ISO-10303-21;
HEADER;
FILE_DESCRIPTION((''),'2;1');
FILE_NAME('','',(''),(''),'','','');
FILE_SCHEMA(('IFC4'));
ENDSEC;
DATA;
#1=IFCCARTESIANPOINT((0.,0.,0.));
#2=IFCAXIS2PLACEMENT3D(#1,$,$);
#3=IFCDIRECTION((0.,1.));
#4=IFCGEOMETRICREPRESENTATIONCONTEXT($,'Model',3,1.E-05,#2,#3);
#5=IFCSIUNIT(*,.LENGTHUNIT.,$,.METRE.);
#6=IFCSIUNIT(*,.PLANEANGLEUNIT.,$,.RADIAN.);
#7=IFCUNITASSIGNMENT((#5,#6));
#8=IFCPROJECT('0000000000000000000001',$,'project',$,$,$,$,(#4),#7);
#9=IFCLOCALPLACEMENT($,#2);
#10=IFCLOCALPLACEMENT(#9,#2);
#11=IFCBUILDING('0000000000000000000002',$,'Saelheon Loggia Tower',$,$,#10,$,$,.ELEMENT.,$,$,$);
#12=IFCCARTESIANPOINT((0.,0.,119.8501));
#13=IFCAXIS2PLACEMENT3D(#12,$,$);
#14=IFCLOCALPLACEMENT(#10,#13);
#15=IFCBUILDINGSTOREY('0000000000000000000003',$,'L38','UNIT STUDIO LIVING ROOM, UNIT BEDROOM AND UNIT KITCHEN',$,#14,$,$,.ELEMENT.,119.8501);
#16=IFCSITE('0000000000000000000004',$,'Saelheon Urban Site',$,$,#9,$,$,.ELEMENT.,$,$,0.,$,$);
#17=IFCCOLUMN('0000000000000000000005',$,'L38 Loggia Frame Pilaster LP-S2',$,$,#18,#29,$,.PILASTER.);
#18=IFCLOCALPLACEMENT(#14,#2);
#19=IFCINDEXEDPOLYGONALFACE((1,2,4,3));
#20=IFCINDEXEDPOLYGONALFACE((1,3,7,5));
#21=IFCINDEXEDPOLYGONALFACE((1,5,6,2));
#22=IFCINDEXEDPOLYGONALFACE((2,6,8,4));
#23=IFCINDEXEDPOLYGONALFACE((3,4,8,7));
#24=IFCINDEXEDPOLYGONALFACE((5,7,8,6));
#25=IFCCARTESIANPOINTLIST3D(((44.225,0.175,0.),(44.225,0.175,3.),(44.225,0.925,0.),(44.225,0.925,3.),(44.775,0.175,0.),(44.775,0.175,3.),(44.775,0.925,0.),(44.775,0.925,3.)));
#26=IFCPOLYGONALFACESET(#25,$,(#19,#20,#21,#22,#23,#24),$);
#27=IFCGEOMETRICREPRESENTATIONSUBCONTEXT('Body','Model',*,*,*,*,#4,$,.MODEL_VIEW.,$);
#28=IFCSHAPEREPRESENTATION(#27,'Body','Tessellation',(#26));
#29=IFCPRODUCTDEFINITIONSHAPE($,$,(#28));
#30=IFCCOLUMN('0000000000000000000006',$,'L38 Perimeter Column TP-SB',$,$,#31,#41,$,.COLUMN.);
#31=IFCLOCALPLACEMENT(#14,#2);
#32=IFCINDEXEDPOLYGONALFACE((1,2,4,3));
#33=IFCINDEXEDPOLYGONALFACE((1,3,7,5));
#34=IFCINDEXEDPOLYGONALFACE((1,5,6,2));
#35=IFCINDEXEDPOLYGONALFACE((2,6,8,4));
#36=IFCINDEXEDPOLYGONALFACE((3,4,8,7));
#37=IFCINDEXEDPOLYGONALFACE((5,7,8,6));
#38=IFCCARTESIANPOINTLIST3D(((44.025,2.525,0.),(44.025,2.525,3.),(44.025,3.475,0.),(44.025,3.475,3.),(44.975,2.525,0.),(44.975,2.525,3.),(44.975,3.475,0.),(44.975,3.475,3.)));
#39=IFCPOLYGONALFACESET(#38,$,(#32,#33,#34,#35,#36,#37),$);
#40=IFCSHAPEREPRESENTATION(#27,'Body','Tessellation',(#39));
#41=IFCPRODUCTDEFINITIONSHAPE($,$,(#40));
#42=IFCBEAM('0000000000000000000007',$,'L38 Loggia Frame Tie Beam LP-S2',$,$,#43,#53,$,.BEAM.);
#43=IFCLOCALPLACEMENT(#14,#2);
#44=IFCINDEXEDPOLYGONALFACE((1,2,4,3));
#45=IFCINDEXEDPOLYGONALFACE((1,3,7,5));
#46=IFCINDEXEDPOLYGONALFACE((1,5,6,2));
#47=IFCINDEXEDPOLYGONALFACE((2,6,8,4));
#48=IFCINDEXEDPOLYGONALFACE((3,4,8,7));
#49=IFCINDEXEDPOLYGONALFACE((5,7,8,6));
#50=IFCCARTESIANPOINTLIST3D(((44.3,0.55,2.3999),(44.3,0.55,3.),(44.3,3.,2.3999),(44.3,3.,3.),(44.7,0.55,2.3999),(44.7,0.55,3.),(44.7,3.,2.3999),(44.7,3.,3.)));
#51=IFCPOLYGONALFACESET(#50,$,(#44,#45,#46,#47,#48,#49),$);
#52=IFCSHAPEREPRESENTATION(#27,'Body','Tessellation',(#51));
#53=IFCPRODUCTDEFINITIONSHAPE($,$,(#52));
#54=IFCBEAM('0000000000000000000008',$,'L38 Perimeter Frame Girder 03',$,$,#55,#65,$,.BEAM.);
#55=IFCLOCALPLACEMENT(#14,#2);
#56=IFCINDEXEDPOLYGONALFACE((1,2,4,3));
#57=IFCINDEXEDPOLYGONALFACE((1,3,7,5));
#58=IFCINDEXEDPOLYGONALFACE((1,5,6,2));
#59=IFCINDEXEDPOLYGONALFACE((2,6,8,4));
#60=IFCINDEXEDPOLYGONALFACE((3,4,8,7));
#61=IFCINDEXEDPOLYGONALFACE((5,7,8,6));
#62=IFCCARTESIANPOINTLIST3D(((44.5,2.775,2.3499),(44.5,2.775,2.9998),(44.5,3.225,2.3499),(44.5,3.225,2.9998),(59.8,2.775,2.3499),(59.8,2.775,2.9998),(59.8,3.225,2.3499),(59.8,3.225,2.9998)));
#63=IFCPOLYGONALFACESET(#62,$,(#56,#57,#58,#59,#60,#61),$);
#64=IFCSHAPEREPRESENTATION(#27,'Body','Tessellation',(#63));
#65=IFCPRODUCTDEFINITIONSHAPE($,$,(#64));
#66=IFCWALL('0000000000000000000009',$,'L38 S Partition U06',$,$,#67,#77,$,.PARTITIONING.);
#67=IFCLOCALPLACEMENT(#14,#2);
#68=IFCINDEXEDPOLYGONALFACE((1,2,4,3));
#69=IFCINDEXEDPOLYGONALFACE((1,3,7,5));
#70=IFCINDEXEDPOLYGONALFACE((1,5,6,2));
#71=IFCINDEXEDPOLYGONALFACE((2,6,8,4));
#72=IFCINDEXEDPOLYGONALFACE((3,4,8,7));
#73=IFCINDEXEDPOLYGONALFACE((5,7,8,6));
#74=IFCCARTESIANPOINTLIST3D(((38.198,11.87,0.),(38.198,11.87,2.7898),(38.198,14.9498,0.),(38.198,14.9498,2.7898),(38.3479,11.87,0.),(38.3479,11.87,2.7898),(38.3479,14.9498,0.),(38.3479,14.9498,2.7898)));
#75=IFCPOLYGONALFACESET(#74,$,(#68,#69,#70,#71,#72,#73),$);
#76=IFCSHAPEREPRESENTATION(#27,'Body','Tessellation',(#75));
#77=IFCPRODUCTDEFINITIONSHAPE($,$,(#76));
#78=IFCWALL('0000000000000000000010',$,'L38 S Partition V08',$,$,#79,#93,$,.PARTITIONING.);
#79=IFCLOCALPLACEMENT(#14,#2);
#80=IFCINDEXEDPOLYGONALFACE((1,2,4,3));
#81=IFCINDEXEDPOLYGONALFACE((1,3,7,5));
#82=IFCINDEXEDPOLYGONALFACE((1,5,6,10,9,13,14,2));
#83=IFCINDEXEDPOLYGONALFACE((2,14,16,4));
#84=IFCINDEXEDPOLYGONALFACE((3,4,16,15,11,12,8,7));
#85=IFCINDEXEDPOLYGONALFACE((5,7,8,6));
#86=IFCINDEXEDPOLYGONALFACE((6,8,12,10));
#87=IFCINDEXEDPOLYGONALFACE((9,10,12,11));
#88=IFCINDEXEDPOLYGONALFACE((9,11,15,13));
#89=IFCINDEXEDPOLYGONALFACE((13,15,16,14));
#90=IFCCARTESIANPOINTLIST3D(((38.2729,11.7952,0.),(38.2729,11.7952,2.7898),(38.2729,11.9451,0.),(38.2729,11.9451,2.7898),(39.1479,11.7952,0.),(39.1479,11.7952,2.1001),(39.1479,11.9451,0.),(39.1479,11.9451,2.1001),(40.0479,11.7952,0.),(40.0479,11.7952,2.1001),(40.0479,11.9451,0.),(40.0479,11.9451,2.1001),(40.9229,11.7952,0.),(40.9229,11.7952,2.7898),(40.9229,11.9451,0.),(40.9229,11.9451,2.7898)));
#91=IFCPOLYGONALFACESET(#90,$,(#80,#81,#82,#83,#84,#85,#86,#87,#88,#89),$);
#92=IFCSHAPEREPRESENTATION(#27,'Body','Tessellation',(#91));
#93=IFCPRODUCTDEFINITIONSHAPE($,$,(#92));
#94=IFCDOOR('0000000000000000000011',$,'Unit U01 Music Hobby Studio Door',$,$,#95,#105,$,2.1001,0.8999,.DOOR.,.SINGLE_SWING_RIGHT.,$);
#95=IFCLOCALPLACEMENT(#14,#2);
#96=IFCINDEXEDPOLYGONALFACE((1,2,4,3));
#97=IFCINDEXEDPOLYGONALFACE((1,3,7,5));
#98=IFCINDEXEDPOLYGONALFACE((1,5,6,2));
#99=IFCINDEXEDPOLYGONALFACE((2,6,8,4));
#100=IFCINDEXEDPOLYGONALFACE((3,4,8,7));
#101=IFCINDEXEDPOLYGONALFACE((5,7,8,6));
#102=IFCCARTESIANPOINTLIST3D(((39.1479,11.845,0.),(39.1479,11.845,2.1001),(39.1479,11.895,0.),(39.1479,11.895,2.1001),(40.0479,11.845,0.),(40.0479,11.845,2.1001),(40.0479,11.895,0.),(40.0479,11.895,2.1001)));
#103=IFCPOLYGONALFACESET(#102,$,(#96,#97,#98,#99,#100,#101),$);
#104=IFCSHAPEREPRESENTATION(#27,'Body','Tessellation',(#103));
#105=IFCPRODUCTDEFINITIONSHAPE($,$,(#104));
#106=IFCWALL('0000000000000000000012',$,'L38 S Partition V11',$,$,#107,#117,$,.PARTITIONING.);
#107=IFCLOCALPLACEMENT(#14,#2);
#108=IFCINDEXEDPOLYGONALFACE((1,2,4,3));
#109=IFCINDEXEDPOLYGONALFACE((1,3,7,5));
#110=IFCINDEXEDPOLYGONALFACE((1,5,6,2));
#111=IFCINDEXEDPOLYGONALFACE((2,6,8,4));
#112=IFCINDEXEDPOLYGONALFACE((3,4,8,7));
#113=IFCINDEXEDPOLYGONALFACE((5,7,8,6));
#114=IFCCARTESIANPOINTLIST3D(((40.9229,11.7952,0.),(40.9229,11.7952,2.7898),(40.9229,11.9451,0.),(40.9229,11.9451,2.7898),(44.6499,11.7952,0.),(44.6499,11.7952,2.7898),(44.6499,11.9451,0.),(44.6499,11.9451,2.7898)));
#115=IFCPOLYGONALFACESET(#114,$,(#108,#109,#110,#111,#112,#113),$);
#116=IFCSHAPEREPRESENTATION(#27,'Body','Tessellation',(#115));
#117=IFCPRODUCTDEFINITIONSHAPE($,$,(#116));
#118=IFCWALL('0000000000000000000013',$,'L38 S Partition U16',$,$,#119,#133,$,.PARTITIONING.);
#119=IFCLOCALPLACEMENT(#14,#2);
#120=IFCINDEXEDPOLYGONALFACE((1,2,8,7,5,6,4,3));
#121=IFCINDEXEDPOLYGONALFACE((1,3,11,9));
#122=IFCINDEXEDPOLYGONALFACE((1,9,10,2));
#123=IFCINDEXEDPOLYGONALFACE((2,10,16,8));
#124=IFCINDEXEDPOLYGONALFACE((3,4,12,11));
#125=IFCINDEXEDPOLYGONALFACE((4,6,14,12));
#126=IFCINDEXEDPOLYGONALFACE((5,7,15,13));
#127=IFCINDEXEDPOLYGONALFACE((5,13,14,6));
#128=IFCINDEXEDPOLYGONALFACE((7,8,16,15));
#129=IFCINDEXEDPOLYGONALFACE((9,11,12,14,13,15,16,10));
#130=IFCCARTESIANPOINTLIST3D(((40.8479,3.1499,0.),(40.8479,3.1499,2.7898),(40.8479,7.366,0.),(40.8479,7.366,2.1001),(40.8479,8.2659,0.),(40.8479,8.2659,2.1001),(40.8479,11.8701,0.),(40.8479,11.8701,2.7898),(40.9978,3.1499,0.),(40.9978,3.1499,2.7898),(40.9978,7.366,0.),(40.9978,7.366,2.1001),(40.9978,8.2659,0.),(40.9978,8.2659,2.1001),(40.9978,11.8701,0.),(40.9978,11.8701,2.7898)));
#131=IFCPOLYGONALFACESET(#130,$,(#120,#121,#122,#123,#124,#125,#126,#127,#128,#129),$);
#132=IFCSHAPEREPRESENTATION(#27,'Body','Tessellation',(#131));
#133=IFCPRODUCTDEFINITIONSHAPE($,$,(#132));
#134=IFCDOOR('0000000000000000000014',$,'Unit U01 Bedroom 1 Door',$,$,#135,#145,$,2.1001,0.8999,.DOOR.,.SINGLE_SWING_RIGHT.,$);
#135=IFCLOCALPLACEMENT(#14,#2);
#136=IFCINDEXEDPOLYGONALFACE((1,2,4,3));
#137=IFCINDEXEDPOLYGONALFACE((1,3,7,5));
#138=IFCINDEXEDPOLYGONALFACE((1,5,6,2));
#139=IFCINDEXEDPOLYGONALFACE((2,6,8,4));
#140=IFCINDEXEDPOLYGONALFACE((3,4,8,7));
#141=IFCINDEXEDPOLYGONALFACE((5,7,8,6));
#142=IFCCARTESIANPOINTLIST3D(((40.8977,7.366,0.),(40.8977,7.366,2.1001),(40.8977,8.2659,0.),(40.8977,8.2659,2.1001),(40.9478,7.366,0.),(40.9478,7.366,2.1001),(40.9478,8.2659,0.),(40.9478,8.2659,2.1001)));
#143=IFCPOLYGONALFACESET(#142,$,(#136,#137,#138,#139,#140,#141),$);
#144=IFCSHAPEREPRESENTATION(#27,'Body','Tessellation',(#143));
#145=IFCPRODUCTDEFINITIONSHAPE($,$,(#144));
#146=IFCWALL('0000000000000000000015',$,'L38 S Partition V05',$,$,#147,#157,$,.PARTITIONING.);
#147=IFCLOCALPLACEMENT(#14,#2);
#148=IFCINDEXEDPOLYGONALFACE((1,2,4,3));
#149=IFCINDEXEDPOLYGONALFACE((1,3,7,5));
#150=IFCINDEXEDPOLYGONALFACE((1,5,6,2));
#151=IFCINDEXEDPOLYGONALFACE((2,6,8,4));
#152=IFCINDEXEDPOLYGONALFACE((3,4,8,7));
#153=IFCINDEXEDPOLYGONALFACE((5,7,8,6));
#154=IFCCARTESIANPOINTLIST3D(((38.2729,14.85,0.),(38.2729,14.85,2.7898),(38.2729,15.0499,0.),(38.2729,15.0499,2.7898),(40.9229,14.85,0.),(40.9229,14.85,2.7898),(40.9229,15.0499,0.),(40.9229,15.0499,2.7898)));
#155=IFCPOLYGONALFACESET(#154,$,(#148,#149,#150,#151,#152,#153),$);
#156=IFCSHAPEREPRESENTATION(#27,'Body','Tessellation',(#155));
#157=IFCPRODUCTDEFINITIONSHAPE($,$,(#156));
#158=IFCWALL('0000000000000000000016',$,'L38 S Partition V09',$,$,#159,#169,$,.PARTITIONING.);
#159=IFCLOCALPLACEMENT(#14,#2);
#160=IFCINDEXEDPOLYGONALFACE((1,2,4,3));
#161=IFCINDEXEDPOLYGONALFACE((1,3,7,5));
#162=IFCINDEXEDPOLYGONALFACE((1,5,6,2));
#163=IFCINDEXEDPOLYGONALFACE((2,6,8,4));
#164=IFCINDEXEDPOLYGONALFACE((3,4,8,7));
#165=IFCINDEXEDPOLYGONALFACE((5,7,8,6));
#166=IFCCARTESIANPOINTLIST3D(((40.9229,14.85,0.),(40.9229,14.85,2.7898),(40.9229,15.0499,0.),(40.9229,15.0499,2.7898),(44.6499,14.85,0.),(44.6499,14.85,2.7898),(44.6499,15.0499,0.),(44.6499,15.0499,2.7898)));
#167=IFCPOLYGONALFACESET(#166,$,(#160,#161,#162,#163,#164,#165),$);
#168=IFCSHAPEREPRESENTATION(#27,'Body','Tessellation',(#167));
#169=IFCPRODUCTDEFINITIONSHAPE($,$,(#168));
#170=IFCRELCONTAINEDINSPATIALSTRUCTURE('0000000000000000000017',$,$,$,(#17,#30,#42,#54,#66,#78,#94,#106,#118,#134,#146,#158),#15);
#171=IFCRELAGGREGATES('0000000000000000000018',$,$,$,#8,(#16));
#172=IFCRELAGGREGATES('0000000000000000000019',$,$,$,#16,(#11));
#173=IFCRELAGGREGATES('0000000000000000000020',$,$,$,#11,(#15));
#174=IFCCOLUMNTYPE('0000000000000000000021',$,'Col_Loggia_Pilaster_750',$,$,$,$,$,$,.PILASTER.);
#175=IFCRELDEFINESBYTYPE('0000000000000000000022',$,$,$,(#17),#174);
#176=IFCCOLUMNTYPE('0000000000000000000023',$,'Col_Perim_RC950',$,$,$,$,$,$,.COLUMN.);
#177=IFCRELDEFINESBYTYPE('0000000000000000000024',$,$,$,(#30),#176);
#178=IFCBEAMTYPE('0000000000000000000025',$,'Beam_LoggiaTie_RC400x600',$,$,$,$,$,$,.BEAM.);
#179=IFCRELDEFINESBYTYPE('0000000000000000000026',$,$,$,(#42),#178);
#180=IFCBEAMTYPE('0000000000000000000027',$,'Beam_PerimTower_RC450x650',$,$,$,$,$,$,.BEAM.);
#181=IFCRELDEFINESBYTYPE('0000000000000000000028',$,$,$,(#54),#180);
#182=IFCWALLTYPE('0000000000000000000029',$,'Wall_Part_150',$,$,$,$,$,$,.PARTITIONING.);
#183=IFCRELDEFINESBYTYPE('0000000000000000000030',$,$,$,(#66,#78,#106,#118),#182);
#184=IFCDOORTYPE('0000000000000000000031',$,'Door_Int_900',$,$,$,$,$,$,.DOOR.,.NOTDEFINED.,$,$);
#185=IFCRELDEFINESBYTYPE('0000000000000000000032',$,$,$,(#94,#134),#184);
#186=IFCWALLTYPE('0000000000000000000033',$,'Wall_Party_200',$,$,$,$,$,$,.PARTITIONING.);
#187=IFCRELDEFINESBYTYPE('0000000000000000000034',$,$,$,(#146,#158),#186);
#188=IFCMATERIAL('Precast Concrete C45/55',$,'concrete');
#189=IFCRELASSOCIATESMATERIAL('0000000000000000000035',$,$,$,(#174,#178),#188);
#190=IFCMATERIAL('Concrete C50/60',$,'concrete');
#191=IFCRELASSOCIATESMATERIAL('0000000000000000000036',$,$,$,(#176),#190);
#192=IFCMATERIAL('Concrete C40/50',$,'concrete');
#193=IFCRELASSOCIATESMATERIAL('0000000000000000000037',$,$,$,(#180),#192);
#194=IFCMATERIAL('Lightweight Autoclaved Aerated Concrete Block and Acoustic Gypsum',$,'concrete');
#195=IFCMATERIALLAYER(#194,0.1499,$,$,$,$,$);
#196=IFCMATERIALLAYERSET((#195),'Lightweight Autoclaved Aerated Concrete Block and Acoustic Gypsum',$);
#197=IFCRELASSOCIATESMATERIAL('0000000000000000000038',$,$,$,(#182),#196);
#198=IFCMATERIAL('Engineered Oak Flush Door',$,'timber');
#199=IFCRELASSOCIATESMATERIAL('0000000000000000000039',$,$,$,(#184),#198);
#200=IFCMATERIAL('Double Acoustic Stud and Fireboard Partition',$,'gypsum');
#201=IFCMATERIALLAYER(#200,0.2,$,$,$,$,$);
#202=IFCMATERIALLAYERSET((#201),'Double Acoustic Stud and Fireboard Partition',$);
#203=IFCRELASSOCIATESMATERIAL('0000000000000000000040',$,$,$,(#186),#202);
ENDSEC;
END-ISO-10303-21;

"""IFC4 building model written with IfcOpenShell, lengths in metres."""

from ifc_helpers import new_model, si_unit, direction, frame, frame_2d, origin, origin_2d, place, context, subcontext, project, spatial, rectangle, extrude, source, transform, mapped, material, layer, layer_set, material_profile, profile_set, type_object, element, fill, save


model = new_model("IFC4")

# Units and contexts
model_context = context("Model", 3, precision=1e-05, world=origin(), true_north=direction((0.0, 1.0)))
body_context = subcontext(model_context, "Body", "Model", "MODEL_VIEW")
ifc_project = project(units=[si_unit("LENGTHUNIT", "METRE"), si_unit("PLANEANGLEUNIT", "RADIAN")], contexts=[model_context])

# Site, building, storey
site_placement = place(None, origin())
site = spatial("IfcSite", under=ifc_project, at=site_placement, Name="Saelheon Urban Site", CompositionType="ELEMENT", RefElevation=0.0)
building_placement = place(site_placement, origin())
building = spatial("IfcBuilding", under=site, at=building_placement, Name="Saelheon Loggia Tower", CompositionType="ELEMENT")
storey_placement = place(building_placement, frame((0.0, 0.0, 119.8501)))
storey = spatial("IfcBuildingStorey", under=building, at=storey_placement, Name="L38", Description="UNIT STUDIO LIVING ROOM, UNIT BEDROOM AND UNIT KITCHEN", CompositionType="ELEMENT", Elevation=119.8501)

# Columns
ifc_material_1 = material(Name="Precast Concrete C45/55", Category="concrete")
ifc_material_profile_1 = material_profile(ifc_material_1, rectangle(XDim=0.55, YDim=0.75, at=origin_2d()), Name="RC-550x750")
ifc_profile_set_1 = profile_set([ifc_material_profile_1], Name="Precast Concrete C45/55")
column_type_1 = type_object("IfcColumnType", Name="Col_Loggia_Pilaster_750", PredefinedType="PILASTER", material=ifc_profile_set_1)
shared_shape_1 = source(origin(), body_context, "Body", "SweptSolid", [
    extrude(rectangle(XDim=0.55, YDim=0.75, at=origin_2d()), origin(), (0.0, 0.0, 1.0), 3.0),
])
column_1_placement = place(storey_placement, frame((44.5, 0.55, 0.0), z_axis=(0.0, 0.0, 1.0), x_axis=(1.0, 0.0, 0.0)))
element("IfcColumn", 1, at=column_1_placement, inside=storey, type_object=column_type_1, Name="L38 Loggia Frame Pilaster LP-S2", PredefinedType="PILASTER", context=body_context, shape_type="MappedRepresentation", body=[
    mapped(shared_shape_1, transform((0.0, 0.0, 0.0), scale=1.0)),
])
ifc_material_2 = material(Name="Concrete C50/60", Category="concrete")
ifc_material_profile_2 = material_profile(ifc_material_2, rectangle(XDim=0.95, YDim=0.95, at=origin_2d()), Name="RC-950x950")
ifc_profile_set_2 = profile_set([ifc_material_profile_2], Name="Concrete C50/60")
column_type_2 = type_object("IfcColumnType", Name="Col_Perim_RC950", PredefinedType="COLUMN", material=ifc_profile_set_2)
shared_shape_2 = source(origin(), body_context, "Body", "SweptSolid", [
    extrude(rectangle(XDim=0.95, YDim=0.95, at=origin_2d()), origin(), (0.0, 0.0, 1.0), 3.0),
])
column_2_placement = place(storey_placement, frame((44.5, 3.0, 0.0), z_axis=(0.0, 0.0, 1.0), x_axis=(1.0, 0.0, 0.0)))
element("IfcColumn", 2, at=column_2_placement, inside=storey, type_object=column_type_2, Name="L38 Perimeter Column TP-SB", PredefinedType="COLUMN", context=body_context, shape_type="MappedRepresentation", body=[
    mapped(shared_shape_2, transform((0.0, 0.0, 0.0), scale=1.0)),
])

# Beams
ifc_material_profile_3 = material_profile(ifc_material_1, rectangle(XDim=0.3999, YDim=0.6001, at=origin_2d()), Name="RC-400x600")
ifc_profile_set_3 = profile_set([ifc_material_profile_3], Name="Precast Concrete C45/55")
beam_type_1 = type_object("IfcBeamType", Name="Beam_LoggiaTie_RC400x600", PredefinedType="BEAM", material=ifc_profile_set_3)
shared_shape_3 = source(origin(), body_context, "Body", "SweptSolid", [
    extrude(rectangle(XDim=0.3999, YDim=0.6001, at=origin_2d()), origin(), (0.0, 0.0, 1.0), 2.45),
])
beam_1_placement = place(storey_placement, frame((44.5, 3.0, 2.7), z_axis=(0.0, -1.0, 0.0), x_axis=(1.0, 0.0, 0.0)))
element("IfcBeam", 3, at=beam_1_placement, inside=storey, type_object=beam_type_1, Name="L38 Loggia Frame Tie Beam LP-S2", PredefinedType="BEAM", context=body_context, shape_type="MappedRepresentation", body=[
    mapped(shared_shape_3, transform((0.0, 0.0, 0.0), scale=1.0)),
])
ifc_material_3 = material(Name="Concrete C40/50", Category="concrete")
ifc_material_profile_4 = material_profile(ifc_material_3, rectangle(XDim=0.45, YDim=0.6499, at=origin_2d()), Name="RC-450x650")
ifc_profile_set_4 = profile_set([ifc_material_profile_4], Name="Concrete C40/50")
beam_type_2 = type_object("IfcBeamType", Name="Beam_PerimTower_RC450x650", PredefinedType="BEAM", material=ifc_profile_set_4)
shared_shape_4 = source(origin(), body_context, "Body", "SweptSolid", [
    extrude(rectangle(XDim=0.45, YDim=0.6499, at=origin_2d()), origin(), (0.0, 0.0, 1.0), 15.3),
])
beam_2_placement = place(storey_placement, frame((44.5, 3.0, 2.6748), z_axis=(1.0, 0.0, 0.0), x_axis=(0.0, 1.0, 0.0)))
element("IfcBeam", 4, at=beam_2_placement, inside=storey, type_object=beam_type_2, Name="L38 Perimeter Frame Girder 03", PredefinedType="BEAM", context=body_context, shape_type="MappedRepresentation", body=[
    mapped(shared_shape_4, transform((0.0, 0.0, 0.0), scale=1.0)),
])

# Wall
ifc_material_4 = material(Name="Lightweight Autoclaved Aerated Concrete Block and Acoustic Gypsum", Category="concrete")
ifc_layer_1 = layer(ifc_material_4, 0.1499)
ifc_layer_set_1 = layer_set([ifc_layer_1], Name="Lightweight Autoclaved Aerated Concrete Block and Acoustic Gypsum")
wall_type_1 = type_object("IfcWallType", Name="Wall_Part_150", PredefinedType="PARTITIONING", material=ifc_layer_set_1)
wall_1_placement = place(storey_placement, frame((38.2729, 14.95, 0.0), z_axis=(0.0, 0.0, 1.0), x_axis=(0.0, -1.0, 0.0)))
element("IfcWall", 5, at=wall_1_placement, inside=storey, type_object=wall_type_1, Name="L38 S Partition U06", PredefinedType="PARTITIONING", context=body_context, shape_type="SweptSolid", body=[
    extrude(rectangle(XDim=3.0798, YDim=0.1499, at=frame_2d((1.54, 0.0))), origin(), (0.0, 0.0, 1.0), 2.7898),
])

# Wall, opening, door
wall_2_placement = place(storey_placement, frame((38.2729, 11.8701, 0.0), z_axis=(0.0, 0.0, 1.0), x_axis=(1.0, 0.0, 0.0)))
wall_2 = element("IfcWall", 6, at=wall_2_placement, inside=storey, type_object=wall_type_1, Name="L38 S Partition V08", PredefinedType="PARTITIONING", context=body_context, shape_type="SweptSolid", body=[
    extrude(rectangle(XDim=2.6499, YDim=0.1499, at=frame_2d((1.325, 0.0))), origin(), (0.0, 0.0, 1.0), 2.7898),
])
opening_1_placement = place(wall_2_placement, frame((0.875, 0.0, 0.0)))
opening_1 = element("IfcOpeningElement", 7, at=opening_1_placement, cuts=wall_2, PredefinedType="OPENING", context=body_context, shape_type="SweptSolid", body=[
    extrude(rectangle(XDim=0.8999, YDim=2.1001, at=frame_2d((0.45, 1.05))), frame((0.0, 0.0869, 0.0), z_axis=(0.0, -1.0, 0.0), x_axis=(1.0, 0.0, 0.0)), (0.0, 0.0, 1.0), 0.1738),
])
ifc_material_5 = material(Name="Engineered Oak Flush Door", Category="timber")
door_type_1 = type_object("IfcDoorType", Name="Door_Int_900", OperationType="NOTDEFINED", PredefinedType="DOOR", material=ifc_material_5)
shared_shape_5 = source(origin(), body_context, "Body", "SweptSolid", [
    extrude(rectangle(XDim=0.8999, YDim=2.1001, at=frame_2d((0.45, 1.05))), frame((0.0, 0.0249, 0.0), z_axis=(0.0, -1.0, 0.0), x_axis=(1.0, 0.0, 0.0)), (0.0, 0.0, 1.0), 0.05),
])
door_1_placement = place(opening_1_placement, origin())
door_1 = element("IfcDoor", 8, at=door_1_placement, inside=storey, type_object=door_type_1, Name="Unit U01 Music Hobby Studio Door", OperationType="SINGLE_SWING_RIGHT", OverallHeight=2.1001, OverallWidth=0.8999, PredefinedType="DOOR", context=body_context, shape_type="MappedRepresentation", body=[
    mapped(shared_shape_5, transform((0.0, 0.0, 0.0), scale=1.0)),
])
fill(opening_1, door_1)

# Wall
wall_3_placement = place(storey_placement, frame((40.9229, 11.8701, 0.0), z_axis=(0.0, 0.0, 1.0), x_axis=(1.0, 0.0, 0.0)))
element("IfcWall", 9, at=wall_3_placement, inside=storey, type_object=wall_type_1, Name="L38 S Partition V11", PredefinedType="PARTITIONING", context=body_context, shape_type="SweptSolid", body=[
    extrude(rectangle(XDim=3.7271, YDim=0.1499, at=frame_2d((1.8635, 0.0))), origin(), (0.0, 0.0, 1.0), 2.7898),
])

# Wall, opening, door
wall_4_placement = place(storey_placement, frame((40.9229, 11.8701, 0.0), z_axis=(0.0, 0.0, 1.0), x_axis=(0.0, -1.0, 0.0)))
wall_4 = element("IfcWall", 10, at=wall_4_placement, inside=storey, type_object=wall_type_1, Name="L38 S Partition U16", PredefinedType="PARTITIONING", context=body_context, shape_type="SweptSolid", body=[
    extrude(rectangle(XDim=8.7202, YDim=0.1499, at=frame_2d((4.3601, 0.0))), origin(), (0.0, 0.0, 1.0), 2.7898),
])
opening_2_placement = place(wall_4_placement, frame((3.6042, 0.0, 0.0)))
opening_2 = element("IfcOpeningElement", 11, at=opening_2_placement, cuts=wall_4, PredefinedType="OPENING", context=body_context, shape_type="SweptSolid", body=[
    extrude(rectangle(XDim=0.8999, YDim=2.1001, at=frame_2d((0.45, 1.05))), frame((0.0, 0.0869, 0.0), z_axis=(0.0, -1.0, 0.0), x_axis=(1.0, 0.0, 0.0)), (0.0, 0.0, 1.0), 0.1738),
])
door_2_placement = place(opening_2_placement, origin())
door_2 = element("IfcDoor", 12, at=door_2_placement, inside=storey, type_object=door_type_1, Name="Unit U01 Bedroom 1 Door", OperationType="SINGLE_SWING_RIGHT", OverallHeight=2.1001, OverallWidth=0.8999, PredefinedType="DOOR", context=body_context, shape_type="MappedRepresentation", body=[
    mapped(shared_shape_5, transform((0.0, 0.0, 0.0), scale=1.0)),
])
fill(opening_2, door_2)

# Walls
ifc_material_6 = material(Name="Double Acoustic Stud and Fireboard Partition", Category="gypsum")
ifc_layer_2 = layer(ifc_material_6, 0.2)
ifc_layer_set_2 = layer_set([ifc_layer_2], Name="Double Acoustic Stud and Fireboard Partition")
wall_type_2 = type_object("IfcWallType", Name="Wall_Party_200", PredefinedType="PARTITIONING", material=ifc_layer_set_2)
wall_5_placement = place(storey_placement, frame((38.2729, 14.95, 0.0), z_axis=(0.0, 0.0, 1.0), x_axis=(1.0, 0.0, 0.0)))
element("IfcWall", 13, at=wall_5_placement, inside=storey, type_object=wall_type_2, Name="L38 S Partition V05", PredefinedType="PARTITIONING", context=body_context, shape_type="SweptSolid", body=[
    extrude(rectangle(XDim=2.6499, YDim=0.2, at=frame_2d((1.325, 0.0))), origin(), (0.0, 0.0, 1.0), 2.7898),
])
wall_6_placement = place(storey_placement, frame((40.9229, 14.95, 0.0), z_axis=(0.0, 0.0, 1.0), x_axis=(1.0, 0.0, 0.0)))
element("IfcWall", 14, at=wall_6_placement, inside=storey, type_object=wall_type_2, Name="L38 S Partition V09", PredefinedType="PARTITIONING", context=body_context, shape_type="SweptSolid", body=[
    extrude(rectangle(XDim=3.7271, YDim=0.2, at=frame_2d((1.8635, 0.0))), origin(), (0.0, 0.0, 1.0), 2.7898),
])

save(model, "model.ifc")
